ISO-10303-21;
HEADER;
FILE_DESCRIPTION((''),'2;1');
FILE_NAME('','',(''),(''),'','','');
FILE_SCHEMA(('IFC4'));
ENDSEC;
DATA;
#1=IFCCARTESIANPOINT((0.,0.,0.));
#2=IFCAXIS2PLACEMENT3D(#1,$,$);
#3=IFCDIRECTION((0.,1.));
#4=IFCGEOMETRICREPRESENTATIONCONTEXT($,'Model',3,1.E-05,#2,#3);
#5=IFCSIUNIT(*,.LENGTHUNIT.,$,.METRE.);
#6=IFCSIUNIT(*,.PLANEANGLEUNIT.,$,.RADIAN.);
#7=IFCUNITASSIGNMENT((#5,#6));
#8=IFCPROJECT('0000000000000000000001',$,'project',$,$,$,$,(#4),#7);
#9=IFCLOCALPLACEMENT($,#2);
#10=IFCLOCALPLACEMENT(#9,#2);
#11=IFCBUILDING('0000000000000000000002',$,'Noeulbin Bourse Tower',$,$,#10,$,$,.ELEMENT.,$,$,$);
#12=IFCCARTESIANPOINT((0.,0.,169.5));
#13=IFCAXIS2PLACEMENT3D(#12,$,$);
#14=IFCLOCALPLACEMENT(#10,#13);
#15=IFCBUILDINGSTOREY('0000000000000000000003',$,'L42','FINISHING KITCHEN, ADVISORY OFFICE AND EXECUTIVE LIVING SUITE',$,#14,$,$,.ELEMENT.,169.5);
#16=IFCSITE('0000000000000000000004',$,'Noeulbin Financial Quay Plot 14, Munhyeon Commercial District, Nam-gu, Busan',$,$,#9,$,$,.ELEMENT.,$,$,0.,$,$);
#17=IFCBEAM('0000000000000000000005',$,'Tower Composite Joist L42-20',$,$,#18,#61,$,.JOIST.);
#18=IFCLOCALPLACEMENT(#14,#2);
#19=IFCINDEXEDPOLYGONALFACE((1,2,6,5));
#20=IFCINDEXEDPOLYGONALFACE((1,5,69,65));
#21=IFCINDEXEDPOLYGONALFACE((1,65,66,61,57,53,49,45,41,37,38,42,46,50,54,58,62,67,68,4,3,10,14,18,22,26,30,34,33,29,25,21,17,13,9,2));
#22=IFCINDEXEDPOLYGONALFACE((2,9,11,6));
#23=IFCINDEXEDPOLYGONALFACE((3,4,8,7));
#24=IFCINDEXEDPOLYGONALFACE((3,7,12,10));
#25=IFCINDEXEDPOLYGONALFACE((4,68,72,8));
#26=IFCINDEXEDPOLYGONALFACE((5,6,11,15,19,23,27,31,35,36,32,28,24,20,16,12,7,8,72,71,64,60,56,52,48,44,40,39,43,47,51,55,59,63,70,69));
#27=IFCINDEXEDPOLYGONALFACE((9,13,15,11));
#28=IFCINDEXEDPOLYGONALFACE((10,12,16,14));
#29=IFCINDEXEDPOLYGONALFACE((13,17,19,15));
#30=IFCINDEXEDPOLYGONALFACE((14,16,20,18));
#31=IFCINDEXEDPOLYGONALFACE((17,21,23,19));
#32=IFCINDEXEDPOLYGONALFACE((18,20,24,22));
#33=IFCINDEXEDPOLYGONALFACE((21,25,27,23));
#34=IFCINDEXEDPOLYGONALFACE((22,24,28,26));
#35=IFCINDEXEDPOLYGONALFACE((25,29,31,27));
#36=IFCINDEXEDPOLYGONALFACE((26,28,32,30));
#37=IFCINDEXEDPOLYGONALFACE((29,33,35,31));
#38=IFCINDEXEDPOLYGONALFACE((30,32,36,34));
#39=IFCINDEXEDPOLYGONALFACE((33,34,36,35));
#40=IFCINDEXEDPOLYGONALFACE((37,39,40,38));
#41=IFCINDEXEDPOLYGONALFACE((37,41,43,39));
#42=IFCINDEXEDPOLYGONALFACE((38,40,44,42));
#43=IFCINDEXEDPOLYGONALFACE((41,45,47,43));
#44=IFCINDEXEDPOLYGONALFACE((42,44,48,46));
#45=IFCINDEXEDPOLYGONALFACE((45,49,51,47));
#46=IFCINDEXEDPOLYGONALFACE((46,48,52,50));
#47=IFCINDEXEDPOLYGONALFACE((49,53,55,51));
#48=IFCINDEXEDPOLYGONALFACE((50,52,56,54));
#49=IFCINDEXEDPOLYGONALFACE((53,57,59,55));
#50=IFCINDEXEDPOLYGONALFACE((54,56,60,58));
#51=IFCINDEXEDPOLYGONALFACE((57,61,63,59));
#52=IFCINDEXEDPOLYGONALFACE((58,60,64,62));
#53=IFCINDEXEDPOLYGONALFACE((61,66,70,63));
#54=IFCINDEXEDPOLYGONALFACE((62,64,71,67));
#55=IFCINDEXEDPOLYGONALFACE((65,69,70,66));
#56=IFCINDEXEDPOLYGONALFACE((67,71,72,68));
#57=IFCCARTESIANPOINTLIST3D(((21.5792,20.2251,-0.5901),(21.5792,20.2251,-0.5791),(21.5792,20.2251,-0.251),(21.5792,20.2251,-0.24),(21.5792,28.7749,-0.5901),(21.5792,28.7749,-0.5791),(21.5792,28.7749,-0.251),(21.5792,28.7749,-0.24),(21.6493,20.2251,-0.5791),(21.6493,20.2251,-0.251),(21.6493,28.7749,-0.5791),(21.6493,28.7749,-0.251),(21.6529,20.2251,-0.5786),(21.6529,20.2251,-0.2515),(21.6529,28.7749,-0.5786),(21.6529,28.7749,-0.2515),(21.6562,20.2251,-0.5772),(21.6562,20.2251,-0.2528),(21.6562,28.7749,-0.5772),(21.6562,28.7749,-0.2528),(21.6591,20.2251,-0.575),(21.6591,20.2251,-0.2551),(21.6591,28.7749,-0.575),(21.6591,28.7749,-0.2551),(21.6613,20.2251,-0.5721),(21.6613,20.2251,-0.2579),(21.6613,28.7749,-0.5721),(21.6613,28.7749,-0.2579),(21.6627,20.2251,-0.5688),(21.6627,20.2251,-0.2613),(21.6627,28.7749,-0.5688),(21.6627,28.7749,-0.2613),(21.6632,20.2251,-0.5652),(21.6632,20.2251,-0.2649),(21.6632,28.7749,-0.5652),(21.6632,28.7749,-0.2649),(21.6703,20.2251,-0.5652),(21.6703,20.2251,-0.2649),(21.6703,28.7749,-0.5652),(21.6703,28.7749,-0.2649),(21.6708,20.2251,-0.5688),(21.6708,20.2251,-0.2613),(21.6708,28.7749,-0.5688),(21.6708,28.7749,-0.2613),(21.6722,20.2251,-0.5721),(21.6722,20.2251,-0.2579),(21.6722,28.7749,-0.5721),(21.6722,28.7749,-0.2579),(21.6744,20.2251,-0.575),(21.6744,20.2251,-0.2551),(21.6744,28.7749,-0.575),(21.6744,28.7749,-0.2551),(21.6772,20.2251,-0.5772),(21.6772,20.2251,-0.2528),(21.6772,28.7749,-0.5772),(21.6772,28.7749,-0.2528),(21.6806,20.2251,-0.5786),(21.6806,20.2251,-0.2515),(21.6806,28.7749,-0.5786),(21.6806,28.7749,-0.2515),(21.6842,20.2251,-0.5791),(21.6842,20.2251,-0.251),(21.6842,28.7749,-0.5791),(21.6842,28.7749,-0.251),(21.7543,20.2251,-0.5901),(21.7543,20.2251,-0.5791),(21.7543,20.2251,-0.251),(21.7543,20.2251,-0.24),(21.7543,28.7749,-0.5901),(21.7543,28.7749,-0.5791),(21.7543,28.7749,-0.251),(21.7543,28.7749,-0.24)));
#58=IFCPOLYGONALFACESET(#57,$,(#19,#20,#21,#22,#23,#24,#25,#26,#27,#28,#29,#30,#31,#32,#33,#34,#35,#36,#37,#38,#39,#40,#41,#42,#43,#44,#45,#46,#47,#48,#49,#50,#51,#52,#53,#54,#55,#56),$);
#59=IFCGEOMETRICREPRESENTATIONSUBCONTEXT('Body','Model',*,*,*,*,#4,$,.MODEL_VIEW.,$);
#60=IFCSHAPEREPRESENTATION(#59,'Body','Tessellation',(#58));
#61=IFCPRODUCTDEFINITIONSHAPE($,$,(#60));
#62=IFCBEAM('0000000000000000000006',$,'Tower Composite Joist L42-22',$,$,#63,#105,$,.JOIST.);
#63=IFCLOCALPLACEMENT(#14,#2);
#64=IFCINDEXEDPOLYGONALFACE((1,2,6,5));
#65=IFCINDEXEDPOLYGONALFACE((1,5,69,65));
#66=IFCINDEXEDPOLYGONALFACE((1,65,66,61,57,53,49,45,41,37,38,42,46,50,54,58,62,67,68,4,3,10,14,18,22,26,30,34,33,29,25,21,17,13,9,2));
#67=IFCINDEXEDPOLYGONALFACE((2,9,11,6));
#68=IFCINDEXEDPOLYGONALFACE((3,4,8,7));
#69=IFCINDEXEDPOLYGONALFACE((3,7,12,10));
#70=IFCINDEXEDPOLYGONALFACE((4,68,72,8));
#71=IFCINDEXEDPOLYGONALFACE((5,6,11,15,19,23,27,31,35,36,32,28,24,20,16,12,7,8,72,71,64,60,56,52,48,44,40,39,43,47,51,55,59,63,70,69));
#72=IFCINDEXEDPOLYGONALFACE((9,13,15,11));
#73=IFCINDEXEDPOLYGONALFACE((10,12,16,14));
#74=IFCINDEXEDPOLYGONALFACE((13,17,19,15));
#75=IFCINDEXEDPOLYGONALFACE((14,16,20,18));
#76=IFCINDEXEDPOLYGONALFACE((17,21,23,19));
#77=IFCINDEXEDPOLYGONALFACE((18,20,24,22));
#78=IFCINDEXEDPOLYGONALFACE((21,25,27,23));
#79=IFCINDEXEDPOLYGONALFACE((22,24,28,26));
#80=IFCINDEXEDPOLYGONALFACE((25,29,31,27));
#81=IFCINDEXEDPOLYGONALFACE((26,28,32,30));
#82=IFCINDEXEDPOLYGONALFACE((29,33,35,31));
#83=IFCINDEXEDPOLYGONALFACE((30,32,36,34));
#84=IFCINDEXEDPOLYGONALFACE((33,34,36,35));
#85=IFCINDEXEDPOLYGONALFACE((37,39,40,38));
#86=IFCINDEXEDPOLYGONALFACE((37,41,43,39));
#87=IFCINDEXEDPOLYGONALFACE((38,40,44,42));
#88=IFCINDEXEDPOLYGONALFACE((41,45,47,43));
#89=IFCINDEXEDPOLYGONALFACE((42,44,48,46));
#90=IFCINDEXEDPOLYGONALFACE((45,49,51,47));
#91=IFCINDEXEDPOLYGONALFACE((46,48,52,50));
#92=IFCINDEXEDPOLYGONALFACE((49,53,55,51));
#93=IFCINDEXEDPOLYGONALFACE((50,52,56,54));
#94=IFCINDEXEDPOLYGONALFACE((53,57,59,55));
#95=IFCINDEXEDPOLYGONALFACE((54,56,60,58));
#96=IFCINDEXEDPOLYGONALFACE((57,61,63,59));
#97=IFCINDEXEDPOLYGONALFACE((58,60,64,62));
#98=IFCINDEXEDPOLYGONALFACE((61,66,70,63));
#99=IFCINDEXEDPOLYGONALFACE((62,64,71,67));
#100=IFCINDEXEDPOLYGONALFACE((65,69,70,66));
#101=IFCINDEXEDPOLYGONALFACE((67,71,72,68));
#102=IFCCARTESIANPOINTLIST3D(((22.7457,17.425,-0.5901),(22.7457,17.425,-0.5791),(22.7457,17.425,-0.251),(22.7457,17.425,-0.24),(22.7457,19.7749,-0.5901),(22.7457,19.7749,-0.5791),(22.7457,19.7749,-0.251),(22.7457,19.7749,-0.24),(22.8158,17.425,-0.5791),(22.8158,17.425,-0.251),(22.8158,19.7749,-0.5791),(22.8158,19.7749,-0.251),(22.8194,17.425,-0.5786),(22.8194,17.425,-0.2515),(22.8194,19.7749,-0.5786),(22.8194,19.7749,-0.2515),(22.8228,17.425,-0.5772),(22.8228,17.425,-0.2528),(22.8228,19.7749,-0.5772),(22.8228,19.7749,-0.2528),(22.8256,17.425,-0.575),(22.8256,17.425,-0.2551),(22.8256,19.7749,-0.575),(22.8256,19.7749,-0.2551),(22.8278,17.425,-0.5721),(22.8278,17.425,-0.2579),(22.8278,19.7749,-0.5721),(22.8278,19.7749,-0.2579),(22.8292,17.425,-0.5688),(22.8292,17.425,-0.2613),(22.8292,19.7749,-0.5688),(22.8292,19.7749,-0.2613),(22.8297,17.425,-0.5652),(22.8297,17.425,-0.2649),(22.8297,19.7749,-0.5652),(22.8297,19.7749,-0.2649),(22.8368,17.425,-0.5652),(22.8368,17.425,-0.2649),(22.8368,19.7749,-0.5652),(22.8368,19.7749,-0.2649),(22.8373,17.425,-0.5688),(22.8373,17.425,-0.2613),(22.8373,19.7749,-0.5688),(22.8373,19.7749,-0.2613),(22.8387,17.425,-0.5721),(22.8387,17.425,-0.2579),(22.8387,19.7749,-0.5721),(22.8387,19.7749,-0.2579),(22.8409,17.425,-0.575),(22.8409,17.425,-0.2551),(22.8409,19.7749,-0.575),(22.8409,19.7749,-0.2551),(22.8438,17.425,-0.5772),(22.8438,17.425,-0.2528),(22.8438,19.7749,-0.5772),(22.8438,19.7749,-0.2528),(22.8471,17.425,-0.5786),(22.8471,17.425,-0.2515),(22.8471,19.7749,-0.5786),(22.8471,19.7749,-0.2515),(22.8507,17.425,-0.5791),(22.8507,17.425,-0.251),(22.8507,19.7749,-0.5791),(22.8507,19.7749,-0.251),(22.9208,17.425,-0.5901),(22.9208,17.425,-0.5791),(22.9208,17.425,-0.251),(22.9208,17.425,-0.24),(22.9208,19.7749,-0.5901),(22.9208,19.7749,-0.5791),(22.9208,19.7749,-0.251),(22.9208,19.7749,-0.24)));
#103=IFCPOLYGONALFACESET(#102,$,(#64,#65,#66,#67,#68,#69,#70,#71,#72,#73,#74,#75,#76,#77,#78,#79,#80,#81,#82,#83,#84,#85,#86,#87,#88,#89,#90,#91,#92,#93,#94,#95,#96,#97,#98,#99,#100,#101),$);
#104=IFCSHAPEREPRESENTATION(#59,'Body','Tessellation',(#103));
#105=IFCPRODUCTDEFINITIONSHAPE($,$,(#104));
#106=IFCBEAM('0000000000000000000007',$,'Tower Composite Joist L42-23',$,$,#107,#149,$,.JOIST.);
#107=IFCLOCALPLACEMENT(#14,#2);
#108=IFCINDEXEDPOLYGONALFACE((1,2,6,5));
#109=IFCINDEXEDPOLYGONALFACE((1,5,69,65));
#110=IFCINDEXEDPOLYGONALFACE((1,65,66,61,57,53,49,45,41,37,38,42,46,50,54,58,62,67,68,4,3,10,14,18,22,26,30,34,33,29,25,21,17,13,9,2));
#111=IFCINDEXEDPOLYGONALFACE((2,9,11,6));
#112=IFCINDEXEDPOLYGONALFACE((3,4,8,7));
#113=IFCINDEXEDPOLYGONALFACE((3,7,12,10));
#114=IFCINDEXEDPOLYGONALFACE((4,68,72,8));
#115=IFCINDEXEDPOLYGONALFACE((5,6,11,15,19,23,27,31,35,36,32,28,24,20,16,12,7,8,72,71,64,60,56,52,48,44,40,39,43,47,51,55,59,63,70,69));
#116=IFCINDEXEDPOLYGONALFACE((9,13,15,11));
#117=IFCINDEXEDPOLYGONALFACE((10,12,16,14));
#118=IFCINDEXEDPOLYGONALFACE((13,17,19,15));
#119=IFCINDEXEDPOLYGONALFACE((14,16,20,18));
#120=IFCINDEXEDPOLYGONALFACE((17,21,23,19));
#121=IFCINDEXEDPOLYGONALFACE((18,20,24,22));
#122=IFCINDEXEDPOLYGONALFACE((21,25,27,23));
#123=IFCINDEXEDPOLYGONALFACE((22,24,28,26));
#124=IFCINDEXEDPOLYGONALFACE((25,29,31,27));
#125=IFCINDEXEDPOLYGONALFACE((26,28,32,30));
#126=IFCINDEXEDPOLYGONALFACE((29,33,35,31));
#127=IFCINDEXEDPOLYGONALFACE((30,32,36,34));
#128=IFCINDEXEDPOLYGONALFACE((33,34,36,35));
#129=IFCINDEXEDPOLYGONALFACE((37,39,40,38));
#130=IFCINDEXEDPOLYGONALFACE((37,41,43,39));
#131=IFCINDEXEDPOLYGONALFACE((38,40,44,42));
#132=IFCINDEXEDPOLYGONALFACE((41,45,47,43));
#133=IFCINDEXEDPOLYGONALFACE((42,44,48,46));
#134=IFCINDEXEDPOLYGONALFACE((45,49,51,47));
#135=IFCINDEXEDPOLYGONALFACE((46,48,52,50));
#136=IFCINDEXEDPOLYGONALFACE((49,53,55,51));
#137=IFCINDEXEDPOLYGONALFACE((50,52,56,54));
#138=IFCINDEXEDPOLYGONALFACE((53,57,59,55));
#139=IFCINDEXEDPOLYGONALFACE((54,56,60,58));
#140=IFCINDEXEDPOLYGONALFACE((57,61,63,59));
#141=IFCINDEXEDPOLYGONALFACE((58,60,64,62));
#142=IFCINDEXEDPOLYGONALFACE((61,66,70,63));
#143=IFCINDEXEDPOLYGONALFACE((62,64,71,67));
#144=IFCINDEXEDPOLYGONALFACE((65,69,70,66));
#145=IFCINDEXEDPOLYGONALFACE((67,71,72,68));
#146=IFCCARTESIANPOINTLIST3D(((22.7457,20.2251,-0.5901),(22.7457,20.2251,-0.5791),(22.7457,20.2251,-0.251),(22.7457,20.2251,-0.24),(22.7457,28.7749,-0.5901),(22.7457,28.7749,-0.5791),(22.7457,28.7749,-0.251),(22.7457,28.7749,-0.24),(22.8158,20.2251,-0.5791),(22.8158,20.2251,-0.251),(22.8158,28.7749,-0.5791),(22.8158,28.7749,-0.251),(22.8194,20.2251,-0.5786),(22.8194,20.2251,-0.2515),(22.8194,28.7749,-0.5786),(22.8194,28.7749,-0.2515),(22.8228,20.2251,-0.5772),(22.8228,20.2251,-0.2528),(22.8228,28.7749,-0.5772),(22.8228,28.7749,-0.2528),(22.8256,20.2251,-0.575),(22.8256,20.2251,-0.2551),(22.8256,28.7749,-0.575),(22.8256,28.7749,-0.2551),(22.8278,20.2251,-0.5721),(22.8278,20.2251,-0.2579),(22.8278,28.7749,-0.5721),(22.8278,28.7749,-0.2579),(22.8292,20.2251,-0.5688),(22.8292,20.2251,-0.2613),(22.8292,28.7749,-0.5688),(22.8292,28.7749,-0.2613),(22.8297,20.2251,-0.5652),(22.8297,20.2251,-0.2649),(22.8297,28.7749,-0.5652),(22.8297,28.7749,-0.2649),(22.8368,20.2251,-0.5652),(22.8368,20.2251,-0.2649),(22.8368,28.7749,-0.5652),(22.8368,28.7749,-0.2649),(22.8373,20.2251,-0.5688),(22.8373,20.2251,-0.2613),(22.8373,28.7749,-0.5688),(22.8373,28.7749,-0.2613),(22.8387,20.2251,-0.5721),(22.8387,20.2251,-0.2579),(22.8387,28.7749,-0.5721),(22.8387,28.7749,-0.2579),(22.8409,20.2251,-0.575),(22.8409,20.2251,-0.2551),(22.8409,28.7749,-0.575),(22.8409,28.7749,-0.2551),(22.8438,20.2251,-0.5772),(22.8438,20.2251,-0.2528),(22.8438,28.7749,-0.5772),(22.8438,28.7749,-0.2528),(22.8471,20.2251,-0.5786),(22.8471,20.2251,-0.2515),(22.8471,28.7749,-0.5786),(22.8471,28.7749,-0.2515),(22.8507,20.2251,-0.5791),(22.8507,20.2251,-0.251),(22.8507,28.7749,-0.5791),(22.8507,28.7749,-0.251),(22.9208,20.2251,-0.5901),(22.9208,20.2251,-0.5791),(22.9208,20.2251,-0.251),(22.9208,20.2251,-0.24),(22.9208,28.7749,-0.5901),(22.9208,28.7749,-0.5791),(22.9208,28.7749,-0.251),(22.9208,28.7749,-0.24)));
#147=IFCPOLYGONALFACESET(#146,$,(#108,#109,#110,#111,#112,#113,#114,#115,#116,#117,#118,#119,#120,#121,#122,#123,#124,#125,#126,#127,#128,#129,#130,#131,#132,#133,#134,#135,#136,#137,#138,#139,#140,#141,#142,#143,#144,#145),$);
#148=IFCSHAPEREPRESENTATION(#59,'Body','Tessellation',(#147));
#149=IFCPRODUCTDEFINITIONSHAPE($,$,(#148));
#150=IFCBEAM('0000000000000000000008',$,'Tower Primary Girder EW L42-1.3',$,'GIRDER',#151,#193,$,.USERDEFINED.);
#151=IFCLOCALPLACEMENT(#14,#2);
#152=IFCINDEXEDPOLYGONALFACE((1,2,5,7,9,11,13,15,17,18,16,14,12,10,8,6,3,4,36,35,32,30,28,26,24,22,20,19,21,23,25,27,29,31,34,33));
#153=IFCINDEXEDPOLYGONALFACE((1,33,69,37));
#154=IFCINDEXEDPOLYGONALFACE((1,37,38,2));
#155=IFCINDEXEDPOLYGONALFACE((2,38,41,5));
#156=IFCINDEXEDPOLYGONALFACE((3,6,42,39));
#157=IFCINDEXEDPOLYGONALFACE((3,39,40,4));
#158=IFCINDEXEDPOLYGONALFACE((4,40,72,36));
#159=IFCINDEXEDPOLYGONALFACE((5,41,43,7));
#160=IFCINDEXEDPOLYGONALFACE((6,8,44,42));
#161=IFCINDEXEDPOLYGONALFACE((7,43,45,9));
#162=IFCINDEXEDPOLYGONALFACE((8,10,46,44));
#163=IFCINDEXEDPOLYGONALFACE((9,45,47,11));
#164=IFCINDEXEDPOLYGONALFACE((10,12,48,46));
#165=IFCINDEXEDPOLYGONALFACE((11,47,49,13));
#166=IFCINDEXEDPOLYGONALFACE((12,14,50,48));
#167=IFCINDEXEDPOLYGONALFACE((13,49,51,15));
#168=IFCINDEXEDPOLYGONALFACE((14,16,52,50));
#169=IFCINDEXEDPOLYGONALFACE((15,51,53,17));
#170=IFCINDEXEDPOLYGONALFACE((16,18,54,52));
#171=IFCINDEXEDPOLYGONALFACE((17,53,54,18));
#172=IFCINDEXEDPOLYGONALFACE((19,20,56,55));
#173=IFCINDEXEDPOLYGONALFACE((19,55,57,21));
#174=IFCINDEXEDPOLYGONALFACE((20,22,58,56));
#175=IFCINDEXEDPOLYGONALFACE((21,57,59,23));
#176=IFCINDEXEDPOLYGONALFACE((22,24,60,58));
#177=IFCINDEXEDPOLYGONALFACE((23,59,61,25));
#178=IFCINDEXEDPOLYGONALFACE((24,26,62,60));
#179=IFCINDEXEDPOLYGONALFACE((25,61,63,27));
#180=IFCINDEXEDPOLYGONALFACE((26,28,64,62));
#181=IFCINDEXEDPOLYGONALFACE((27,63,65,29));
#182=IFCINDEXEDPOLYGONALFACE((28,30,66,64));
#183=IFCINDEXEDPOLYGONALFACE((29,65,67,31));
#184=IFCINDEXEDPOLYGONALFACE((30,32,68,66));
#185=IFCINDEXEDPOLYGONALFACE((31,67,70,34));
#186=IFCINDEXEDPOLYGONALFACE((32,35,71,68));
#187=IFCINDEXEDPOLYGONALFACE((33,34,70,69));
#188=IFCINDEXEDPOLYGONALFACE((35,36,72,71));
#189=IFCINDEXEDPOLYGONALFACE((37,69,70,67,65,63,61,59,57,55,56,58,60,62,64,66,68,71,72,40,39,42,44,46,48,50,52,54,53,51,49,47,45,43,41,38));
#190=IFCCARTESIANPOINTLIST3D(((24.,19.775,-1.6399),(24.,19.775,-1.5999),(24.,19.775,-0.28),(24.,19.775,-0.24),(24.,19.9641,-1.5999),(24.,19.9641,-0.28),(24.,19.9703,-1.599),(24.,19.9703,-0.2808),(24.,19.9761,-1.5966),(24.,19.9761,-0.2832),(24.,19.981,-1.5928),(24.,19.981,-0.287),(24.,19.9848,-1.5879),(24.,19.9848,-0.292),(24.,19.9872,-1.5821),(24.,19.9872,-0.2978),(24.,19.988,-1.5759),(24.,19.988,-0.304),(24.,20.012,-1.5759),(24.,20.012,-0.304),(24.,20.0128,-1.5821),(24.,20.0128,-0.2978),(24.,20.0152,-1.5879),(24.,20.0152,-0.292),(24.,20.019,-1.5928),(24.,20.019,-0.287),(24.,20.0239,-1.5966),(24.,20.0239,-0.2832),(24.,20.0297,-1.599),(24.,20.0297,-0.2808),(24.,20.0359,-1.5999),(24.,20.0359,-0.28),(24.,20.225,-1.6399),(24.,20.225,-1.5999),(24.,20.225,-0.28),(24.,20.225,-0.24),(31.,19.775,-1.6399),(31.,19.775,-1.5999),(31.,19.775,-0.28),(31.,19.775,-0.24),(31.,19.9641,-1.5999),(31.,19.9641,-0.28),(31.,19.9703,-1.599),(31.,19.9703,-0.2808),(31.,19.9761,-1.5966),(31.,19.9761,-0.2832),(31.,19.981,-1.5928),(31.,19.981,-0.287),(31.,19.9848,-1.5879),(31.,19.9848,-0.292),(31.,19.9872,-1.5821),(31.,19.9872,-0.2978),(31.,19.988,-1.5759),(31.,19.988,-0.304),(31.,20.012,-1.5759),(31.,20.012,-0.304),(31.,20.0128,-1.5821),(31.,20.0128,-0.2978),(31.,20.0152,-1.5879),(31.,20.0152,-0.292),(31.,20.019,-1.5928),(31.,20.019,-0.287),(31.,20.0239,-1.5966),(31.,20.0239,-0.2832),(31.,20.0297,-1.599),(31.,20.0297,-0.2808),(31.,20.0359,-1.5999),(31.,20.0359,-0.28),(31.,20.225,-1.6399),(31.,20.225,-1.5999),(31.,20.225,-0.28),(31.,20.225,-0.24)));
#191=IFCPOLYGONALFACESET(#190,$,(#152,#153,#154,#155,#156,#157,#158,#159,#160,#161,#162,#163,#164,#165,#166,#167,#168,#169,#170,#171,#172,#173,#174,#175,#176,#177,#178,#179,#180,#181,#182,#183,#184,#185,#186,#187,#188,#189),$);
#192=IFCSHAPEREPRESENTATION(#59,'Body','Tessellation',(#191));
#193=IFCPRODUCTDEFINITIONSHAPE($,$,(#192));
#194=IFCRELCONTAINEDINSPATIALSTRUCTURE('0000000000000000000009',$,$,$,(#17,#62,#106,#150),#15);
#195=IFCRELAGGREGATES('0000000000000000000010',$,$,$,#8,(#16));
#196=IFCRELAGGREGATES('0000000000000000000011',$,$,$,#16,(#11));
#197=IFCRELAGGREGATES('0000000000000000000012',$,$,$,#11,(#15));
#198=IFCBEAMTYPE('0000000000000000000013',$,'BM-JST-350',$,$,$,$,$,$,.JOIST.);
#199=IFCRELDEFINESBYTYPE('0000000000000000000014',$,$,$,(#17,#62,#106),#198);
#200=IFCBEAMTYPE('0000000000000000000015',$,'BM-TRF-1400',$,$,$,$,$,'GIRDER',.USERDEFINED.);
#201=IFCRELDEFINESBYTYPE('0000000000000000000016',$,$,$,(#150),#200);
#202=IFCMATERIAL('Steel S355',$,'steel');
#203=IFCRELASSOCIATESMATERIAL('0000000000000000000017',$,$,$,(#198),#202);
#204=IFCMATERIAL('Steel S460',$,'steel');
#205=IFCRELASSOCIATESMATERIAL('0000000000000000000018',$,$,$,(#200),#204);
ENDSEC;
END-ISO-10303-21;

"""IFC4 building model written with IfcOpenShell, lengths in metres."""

from ifc_helpers import new_model, si_unit, direction, frame, origin, origin_2d, place, context, subcontext, project, spatial, i_section, extrude, material, material_profile, profile_set, type_object, element, save


model = new_model("IFC4")

# Units and contexts
model_context = context("Model", 3, precision=1e-05, world=origin(), true_north=direction((0.0, 1.0)))
body_context = subcontext(model_context, "Body", "Model", "MODEL_VIEW")
ifc_project = project(units=[si_unit("LENGTHUNIT", "METRE"), si_unit("PLANEANGLEUNIT", "RADIAN")], contexts=[model_context])

# Site, building, storey
site_placement = place(None, origin())
site = spatial("IfcSite", under=ifc_project, at=site_placement, Name="Noeulbin Financial Quay Plot 14, Munhyeon Commercial District, Nam-gu, Busan", CompositionType="ELEMENT", RefElevation=0.0)
building_placement = place(site_placement, origin())
building = spatial("IfcBuilding", under=site, at=building_placement, Name="Noeulbin Bourse Tower", CompositionType="ELEMENT")
storey_placement = place(building_placement, frame((0.0, 0.0, 169.5)))
storey = spatial("IfcBuildingStorey", under=building, at=storey_placement, Name="L42", Description="FINISHING KITCHEN, ADVISORY OFFICE AND EXECUTIVE LIVING SUITE", CompositionType="ELEMENT", Elevation=169.5)

# Shared definitions
ifc_material_1 = material(Name="Steel S355", Category="steel")
ifc_material_2 = material(Name="Steel S460", Category="steel")

# Beams
ifc_material_profile_1 = material_profile(ifc_material_1, i_section(OverallWidth=0.175, OverallDepth=0.3501, WebThickness=0.0071, FlangeThickness=0.011, FilletRadius=0.0139, at=origin_2d()), Name="H-350x175x7x11", Category="LoadBearing")
ifc_profile_set_1 = profile_set([ifc_material_profile_1], Name="Steel S355")
beam_type_1 = type_object("IfcBeamType", Name="BM-JST-350", PredefinedType="JOIST", material=ifc_profile_set_1)
beam_1_placement = place(storey_placement, frame((21.6667, 20.2251, -0.415), z_axis=(0.0, 1.0, 0.0), x_axis=(-1.0, 0.0, 0.0)))
element("IfcBeam", 1, at=beam_1_placement, inside=storey, type_object=beam_type_1, Name="Tower Composite Joist L42-20", PredefinedType="JOIST", context=body_context, shape_type="SweptSolid", body=[
    extrude(i_section(OverallWidth=0.175, OverallDepth=0.3501, WebThickness=0.0071, FlangeThickness=0.011, FilletRadius=0.0139, at=origin_2d()), origin(), (0.0, 0.0, 1.0), 8.5498),
])
beam_2_placement = place(storey_placement, frame((22.8333, 17.425, -0.415), z_axis=(0.0, 1.0, 0.0), x_axis=(-1.0, 0.0, 0.0)))
element("IfcBeam", 2, at=beam_2_placement, inside=storey, type_object=beam_type_1, Name="Tower Composite Joist L42-22", PredefinedType="JOIST", context=body_context, shape_type="SweptSolid", body=[
    extrude(i_section(OverallWidth=0.175, OverallDepth=0.3501, WebThickness=0.0071, FlangeThickness=0.011, FilletRadius=0.0139, at=origin_2d()), origin(), (0.0, 0.0, 1.0), 2.3499),
])
beam_3_placement = place(storey_placement, frame((22.8333, 20.2251, -0.415), z_axis=(0.0, 1.0, 0.0), x_axis=(-1.0, 0.0, 0.0)))
element("IfcBeam", 3, at=beam_3_placement, inside=storey, type_object=beam_type_1, Name="Tower Composite Joist L42-23", PredefinedType="JOIST", context=body_context, shape_type="SweptSolid", body=[
    extrude(i_section(OverallWidth=0.175, OverallDepth=0.3501, WebThickness=0.0071, FlangeThickness=0.011, FilletRadius=0.0139, at=origin_2d()), origin(), (0.0, 0.0, 1.0), 8.5498),
])
ifc_material_profile_2 = material_profile(ifc_material_2, i_section(OverallWidth=0.45, OverallDepth=1.3999, WebThickness=0.0239, FlangeThickness=0.04, FilletRadius=0.0239, at=origin_2d()), Name="PG-1400x450x24x40", Category="LoadBearing")
ifc_profile_set_2 = profile_set([ifc_material_profile_2], Name="Steel S460")
beam_type_2 = type_object("IfcBeamType", Name="BM-TRF-1400", ElementType="GIRDER", PredefinedType="USERDEFINED", material=ifc_profile_set_2)
beam_4_placement = place(storey_placement, frame((24.0, 20.0, -0.9399), z_axis=(1.0, 0.0, 0.0), x_axis=(0.0, 1.0, 0.0)))
element("IfcBeam", 4, at=beam_4_placement, inside=storey, type_object=beam_type_2, Name="Tower Primary Girder EW L42-1.3", ObjectType="GIRDER", PredefinedType="USERDEFINED", context=body_context, shape_type="SweptSolid", body=[
    extrude(i_section(OverallWidth=0.45, OverallDepth=1.3999, WebThickness=0.0239, FlangeThickness=0.04, FilletRadius=0.0239, at=origin_2d()), origin(), (0.0, 0.0, 1.0), 7.0),
])

save(model, "model.ifc")
